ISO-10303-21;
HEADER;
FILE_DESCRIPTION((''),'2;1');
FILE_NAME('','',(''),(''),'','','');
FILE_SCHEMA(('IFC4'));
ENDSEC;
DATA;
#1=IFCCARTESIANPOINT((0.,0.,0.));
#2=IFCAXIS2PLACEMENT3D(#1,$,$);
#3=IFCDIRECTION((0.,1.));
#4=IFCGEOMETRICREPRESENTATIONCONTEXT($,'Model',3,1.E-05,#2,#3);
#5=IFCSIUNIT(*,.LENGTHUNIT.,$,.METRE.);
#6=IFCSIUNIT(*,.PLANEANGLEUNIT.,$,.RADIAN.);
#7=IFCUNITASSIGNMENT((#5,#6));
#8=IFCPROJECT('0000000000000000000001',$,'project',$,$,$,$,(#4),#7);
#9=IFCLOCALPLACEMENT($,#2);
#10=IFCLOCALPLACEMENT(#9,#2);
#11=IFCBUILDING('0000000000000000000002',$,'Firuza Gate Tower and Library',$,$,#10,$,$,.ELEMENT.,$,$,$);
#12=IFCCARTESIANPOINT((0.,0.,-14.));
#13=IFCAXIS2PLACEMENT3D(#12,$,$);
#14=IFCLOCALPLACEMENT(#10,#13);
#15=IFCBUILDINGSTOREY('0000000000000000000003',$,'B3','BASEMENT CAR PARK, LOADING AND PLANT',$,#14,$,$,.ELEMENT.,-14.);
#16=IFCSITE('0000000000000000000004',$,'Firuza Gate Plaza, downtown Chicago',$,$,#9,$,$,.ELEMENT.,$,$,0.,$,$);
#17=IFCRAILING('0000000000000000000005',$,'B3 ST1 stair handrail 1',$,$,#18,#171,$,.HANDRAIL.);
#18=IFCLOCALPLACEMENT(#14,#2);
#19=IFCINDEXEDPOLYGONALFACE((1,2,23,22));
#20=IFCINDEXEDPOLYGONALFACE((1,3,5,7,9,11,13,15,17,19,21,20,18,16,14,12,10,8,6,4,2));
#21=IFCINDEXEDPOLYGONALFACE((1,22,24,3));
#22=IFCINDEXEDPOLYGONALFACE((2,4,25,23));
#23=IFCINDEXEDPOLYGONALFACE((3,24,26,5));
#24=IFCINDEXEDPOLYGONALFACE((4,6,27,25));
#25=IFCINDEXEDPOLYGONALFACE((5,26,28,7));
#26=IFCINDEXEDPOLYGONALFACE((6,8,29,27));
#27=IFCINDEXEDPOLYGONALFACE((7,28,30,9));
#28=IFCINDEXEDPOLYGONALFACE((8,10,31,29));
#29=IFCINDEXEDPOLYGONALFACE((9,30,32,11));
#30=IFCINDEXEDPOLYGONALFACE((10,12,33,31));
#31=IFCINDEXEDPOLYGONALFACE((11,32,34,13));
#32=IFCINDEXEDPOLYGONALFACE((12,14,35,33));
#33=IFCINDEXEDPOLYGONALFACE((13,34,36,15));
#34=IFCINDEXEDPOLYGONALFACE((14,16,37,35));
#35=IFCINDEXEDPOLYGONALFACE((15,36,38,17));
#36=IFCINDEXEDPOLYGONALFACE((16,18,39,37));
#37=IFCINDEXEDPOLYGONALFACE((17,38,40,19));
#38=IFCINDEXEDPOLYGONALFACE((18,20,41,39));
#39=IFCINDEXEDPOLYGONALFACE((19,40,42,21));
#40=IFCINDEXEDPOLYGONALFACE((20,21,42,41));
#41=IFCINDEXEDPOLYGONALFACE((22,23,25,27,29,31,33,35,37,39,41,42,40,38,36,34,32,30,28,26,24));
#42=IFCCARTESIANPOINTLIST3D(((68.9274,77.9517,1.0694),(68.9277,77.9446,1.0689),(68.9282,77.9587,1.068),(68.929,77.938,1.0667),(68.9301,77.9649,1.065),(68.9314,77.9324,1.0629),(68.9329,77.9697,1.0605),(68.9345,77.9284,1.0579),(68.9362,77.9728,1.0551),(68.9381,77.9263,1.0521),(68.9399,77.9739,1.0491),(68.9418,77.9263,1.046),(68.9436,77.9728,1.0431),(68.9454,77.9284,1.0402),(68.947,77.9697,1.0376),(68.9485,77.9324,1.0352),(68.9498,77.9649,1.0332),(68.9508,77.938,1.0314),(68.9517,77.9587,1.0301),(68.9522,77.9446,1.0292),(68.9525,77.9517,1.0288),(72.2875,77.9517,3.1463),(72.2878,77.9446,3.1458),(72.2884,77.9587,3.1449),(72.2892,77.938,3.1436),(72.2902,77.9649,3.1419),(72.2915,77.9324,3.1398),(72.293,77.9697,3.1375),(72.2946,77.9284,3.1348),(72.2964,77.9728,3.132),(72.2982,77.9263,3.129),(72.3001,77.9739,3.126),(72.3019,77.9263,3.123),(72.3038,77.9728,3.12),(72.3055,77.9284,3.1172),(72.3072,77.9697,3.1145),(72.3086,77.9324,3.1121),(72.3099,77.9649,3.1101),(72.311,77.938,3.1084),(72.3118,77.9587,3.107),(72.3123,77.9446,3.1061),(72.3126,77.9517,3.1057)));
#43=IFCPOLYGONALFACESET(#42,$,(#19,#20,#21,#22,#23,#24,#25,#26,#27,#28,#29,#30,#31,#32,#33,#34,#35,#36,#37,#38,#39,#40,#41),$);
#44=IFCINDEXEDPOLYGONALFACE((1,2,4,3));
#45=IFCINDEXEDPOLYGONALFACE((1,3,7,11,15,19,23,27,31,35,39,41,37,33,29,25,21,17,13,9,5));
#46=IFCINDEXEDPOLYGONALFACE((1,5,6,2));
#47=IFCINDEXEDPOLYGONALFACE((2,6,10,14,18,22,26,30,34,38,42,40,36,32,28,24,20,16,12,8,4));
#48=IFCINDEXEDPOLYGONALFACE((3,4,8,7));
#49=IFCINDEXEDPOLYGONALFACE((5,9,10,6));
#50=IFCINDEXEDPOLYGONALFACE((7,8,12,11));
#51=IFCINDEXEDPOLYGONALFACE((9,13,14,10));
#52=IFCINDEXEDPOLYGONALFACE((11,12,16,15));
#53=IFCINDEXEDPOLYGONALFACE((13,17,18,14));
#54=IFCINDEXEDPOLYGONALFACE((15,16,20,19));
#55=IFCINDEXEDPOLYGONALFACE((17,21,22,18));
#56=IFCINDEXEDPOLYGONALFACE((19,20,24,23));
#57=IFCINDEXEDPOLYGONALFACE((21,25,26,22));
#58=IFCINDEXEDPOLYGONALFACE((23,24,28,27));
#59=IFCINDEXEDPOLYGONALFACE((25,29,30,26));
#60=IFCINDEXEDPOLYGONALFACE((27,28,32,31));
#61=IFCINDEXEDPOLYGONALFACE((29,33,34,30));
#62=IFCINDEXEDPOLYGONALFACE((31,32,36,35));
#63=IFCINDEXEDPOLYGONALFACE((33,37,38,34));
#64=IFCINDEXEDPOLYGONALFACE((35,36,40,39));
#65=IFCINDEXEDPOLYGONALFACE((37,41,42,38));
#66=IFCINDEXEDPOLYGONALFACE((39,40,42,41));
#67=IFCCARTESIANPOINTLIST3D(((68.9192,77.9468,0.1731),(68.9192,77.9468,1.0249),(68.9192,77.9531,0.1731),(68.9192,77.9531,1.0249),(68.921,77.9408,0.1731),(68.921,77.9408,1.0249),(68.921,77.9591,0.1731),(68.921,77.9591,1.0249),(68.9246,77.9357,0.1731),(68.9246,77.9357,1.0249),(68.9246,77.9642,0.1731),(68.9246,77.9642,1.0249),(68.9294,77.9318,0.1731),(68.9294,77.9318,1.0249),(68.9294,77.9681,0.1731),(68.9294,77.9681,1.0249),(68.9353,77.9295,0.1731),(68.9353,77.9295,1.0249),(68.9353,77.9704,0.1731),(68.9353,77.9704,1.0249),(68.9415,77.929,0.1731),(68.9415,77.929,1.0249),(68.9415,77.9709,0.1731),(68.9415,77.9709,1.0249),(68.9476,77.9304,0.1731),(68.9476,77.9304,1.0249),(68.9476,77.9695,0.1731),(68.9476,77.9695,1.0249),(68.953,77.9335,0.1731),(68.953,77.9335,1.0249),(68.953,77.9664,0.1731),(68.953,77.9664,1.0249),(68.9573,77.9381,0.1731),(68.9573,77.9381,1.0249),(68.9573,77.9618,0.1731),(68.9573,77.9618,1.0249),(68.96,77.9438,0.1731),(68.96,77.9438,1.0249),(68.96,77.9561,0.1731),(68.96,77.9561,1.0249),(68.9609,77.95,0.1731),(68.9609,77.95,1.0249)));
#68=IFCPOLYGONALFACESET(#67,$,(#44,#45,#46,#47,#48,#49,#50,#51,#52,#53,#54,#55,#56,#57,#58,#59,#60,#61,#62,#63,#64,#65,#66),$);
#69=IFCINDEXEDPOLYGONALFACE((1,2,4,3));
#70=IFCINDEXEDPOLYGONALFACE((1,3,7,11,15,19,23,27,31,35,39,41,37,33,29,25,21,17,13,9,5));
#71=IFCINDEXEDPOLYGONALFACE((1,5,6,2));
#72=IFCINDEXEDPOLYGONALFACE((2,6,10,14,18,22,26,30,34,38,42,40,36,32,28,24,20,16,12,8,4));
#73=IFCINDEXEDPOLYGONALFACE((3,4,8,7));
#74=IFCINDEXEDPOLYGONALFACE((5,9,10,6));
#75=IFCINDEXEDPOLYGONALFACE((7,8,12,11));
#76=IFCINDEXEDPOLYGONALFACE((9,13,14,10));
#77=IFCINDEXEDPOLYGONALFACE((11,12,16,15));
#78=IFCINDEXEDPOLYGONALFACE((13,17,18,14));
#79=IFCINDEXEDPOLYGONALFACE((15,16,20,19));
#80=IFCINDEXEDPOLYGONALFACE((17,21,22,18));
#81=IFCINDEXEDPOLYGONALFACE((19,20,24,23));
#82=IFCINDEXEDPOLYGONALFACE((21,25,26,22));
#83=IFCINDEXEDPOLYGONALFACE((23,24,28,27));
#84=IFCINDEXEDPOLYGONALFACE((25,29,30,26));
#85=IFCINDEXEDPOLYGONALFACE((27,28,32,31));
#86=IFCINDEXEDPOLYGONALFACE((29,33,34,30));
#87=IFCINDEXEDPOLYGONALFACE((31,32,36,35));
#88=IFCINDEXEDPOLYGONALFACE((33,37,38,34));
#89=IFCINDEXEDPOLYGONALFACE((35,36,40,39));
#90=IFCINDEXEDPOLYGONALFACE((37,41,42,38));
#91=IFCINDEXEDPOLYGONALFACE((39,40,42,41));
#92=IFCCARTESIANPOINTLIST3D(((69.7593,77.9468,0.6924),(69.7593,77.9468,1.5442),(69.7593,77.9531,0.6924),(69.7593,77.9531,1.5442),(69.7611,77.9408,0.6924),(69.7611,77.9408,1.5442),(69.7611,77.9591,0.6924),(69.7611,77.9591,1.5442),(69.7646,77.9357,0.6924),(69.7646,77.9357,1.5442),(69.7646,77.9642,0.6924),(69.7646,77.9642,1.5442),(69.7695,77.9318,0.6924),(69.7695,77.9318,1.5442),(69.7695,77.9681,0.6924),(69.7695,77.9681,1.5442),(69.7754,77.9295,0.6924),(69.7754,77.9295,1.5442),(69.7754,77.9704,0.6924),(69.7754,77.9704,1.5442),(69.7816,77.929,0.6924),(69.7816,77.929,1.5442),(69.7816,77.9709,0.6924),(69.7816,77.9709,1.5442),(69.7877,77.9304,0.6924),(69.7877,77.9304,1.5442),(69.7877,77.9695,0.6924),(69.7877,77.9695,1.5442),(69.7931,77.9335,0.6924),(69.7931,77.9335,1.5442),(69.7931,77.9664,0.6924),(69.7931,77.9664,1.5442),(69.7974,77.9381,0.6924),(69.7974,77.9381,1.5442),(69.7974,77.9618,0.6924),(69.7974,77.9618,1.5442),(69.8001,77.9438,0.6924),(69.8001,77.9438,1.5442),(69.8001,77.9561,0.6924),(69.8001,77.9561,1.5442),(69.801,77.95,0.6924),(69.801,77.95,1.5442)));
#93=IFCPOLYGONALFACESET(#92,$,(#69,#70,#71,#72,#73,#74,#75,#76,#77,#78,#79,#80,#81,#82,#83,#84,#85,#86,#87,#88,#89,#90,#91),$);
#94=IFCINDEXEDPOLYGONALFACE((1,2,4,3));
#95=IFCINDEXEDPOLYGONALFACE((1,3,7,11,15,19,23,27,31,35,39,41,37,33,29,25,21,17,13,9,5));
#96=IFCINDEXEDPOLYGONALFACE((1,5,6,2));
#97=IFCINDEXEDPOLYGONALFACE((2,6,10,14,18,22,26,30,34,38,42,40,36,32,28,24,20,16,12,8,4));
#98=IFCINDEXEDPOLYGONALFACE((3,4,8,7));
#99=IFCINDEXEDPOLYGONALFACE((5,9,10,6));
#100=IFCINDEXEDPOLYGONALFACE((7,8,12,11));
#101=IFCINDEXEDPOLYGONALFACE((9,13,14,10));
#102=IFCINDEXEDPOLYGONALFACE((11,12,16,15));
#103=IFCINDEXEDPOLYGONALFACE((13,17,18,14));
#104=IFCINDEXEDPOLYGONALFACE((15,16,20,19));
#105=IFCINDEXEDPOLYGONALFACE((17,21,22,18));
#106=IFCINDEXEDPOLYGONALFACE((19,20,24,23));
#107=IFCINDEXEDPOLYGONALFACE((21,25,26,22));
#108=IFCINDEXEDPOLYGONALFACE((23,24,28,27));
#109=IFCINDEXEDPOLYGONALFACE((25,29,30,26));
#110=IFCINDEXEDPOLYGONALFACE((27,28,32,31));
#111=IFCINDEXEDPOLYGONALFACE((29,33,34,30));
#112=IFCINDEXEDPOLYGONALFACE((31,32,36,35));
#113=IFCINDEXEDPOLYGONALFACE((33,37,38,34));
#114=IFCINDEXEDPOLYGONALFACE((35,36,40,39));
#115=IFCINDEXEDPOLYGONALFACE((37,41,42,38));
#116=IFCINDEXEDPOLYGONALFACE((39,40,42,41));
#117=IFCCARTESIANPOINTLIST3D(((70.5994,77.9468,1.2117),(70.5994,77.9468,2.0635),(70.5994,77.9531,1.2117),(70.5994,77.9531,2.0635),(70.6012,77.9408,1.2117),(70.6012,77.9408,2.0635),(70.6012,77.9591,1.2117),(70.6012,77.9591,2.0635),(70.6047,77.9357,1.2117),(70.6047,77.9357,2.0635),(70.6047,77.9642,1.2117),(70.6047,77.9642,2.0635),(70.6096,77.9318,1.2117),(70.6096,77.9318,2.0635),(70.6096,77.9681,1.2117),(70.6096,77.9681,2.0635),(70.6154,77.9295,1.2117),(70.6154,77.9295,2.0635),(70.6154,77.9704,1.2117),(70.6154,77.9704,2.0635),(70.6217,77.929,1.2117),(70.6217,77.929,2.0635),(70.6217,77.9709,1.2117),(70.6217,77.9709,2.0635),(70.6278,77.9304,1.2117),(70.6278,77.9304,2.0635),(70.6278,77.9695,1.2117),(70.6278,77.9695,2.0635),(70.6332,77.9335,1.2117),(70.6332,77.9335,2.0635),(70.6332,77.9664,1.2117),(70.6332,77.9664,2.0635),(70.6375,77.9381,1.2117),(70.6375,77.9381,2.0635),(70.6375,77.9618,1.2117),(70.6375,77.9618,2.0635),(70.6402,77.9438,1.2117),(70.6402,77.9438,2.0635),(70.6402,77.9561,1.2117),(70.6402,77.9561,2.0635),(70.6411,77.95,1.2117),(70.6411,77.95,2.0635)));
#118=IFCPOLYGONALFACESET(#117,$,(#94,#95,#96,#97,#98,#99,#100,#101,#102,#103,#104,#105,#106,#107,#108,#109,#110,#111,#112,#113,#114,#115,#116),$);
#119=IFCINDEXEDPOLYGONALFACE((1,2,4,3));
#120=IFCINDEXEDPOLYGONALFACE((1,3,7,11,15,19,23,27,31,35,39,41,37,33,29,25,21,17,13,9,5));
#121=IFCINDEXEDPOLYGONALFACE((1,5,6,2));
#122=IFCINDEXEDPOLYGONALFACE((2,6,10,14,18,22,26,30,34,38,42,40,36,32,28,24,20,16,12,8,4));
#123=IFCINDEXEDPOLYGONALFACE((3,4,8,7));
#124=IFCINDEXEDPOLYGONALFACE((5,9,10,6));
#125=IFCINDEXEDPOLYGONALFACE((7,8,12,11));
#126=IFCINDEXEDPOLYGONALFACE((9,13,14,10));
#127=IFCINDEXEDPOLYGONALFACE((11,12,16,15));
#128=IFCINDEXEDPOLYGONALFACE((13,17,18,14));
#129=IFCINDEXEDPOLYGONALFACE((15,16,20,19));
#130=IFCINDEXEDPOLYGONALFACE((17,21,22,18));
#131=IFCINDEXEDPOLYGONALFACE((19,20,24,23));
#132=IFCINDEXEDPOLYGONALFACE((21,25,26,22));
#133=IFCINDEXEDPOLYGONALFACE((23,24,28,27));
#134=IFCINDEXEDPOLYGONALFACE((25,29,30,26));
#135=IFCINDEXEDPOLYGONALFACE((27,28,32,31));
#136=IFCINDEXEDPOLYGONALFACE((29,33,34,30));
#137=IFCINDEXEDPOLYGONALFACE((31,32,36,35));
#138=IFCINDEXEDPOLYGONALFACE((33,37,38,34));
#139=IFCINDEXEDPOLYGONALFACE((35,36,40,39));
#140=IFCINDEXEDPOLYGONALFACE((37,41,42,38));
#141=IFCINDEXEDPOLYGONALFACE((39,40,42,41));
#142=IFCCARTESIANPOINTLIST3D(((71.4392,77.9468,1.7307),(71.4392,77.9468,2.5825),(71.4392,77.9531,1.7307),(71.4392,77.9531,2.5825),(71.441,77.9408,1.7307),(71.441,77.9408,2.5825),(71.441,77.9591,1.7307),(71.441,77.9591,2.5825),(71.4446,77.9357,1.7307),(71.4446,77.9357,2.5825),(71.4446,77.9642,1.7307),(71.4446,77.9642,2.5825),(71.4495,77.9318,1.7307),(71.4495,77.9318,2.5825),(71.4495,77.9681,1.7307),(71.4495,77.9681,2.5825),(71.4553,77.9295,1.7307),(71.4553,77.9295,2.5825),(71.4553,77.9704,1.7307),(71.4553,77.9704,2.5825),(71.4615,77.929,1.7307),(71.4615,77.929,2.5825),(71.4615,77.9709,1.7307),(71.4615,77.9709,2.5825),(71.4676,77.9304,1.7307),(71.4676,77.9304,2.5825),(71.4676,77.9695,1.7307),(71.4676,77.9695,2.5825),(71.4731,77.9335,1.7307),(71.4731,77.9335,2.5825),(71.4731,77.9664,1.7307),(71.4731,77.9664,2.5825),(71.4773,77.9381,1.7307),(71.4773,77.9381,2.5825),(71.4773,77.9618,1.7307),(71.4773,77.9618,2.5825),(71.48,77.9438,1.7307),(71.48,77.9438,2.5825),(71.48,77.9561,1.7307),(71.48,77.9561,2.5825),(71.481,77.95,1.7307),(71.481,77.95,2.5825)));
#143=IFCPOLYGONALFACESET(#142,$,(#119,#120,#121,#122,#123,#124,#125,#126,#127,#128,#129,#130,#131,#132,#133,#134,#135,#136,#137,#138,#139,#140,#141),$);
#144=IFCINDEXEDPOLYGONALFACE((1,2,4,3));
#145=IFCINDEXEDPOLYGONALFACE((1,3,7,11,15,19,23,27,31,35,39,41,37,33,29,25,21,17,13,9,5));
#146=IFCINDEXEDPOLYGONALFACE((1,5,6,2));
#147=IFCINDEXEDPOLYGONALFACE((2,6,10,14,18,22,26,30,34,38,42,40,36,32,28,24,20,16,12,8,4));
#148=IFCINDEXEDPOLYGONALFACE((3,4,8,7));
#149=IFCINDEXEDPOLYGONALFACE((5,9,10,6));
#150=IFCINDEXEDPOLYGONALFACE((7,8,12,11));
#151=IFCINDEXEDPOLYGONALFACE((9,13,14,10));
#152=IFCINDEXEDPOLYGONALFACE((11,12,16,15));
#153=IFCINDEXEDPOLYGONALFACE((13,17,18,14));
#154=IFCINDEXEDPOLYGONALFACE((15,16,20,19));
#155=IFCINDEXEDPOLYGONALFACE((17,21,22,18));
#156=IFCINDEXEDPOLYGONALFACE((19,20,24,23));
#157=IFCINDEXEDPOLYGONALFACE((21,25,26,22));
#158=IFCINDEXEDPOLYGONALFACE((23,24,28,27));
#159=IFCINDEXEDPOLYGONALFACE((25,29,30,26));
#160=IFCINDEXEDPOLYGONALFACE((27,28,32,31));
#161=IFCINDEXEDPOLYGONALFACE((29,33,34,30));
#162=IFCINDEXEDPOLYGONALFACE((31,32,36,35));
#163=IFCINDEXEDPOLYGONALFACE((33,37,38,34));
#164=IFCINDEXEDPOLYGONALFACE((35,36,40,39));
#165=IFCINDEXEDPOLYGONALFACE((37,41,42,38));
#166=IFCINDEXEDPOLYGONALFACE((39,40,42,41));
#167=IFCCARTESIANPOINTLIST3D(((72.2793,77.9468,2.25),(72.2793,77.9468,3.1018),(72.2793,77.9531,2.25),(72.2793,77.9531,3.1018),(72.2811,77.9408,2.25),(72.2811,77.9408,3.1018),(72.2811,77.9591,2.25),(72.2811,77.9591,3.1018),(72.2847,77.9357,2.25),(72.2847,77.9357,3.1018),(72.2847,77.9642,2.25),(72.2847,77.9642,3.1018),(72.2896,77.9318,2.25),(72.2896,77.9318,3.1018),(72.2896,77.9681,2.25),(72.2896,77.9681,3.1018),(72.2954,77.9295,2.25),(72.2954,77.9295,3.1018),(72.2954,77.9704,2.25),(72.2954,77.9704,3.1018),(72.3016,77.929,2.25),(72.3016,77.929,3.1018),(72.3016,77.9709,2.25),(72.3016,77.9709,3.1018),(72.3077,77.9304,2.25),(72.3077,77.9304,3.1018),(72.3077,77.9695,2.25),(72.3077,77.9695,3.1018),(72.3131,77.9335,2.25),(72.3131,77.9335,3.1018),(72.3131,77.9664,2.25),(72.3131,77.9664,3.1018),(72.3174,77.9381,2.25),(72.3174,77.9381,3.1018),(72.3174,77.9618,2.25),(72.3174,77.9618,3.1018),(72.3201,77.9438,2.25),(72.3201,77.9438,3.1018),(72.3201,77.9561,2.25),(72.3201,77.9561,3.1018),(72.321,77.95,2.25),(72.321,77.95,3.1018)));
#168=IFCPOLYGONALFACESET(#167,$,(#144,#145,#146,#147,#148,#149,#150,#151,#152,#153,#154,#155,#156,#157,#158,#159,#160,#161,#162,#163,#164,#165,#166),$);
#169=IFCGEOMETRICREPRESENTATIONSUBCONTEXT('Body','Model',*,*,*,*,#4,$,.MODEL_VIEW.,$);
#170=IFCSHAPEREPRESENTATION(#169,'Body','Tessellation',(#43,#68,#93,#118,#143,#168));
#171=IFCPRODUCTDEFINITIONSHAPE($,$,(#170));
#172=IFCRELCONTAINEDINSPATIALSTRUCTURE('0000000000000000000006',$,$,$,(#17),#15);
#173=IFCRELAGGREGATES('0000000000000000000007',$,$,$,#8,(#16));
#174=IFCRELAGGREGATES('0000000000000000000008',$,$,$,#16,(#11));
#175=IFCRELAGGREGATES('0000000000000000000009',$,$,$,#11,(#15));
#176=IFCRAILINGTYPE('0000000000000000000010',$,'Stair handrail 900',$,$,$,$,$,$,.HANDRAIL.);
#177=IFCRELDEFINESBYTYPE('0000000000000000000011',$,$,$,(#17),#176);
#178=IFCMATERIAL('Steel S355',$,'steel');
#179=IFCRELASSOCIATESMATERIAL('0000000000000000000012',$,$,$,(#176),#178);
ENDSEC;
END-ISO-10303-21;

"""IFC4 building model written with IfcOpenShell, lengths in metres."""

from ifc_helpers import new_model, si_unit, direction, frame, origin, origin_2d, place, context, subcontext, project, spatial, circle, extrude, material, type_object, element, save


model = new_model("IFC4")

# Units and contexts
model_context = context("Model", 3, precision=1e-05, world=origin(), true_north=direction((0.0, 1.0)))
body_context = subcontext(model_context, "Body", "Model", "MODEL_VIEW")
ifc_project = project(units=[si_unit("LENGTHUNIT", "METRE"), si_unit("PLANEANGLEUNIT", "RADIAN")], contexts=[model_context])

# Site, building, storey
site_placement = place(None, origin())
site = spatial("IfcSite", under=ifc_project, at=site_placement, Name="Firuza Gate Plaza, downtown Chicago", CompositionType="ELEMENT", RefElevation=0.0)
building_placement = place(site_placement, origin())
building = spatial("IfcBuilding", under=site, at=building_placement, Name="Firuza Gate Tower and Library", CompositionType="ELEMENT")
storey_placement = place(building_placement, frame((0.0, 0.0, -14.0)))
storey = spatial("IfcBuildingStorey", under=building, at=storey_placement, Name="B3", Description="BASEMENT CAR PARK, LOADING AND PLANT", CompositionType="ELEMENT", Elevation=-14.0)

# Railing
ifc_material_1 = material(Name="Steel S355", Category="steel")
railing_type_1 = type_object("IfcRailingType", Name="Stair handrail 900", PredefinedType="HANDRAIL", material=ifc_material_1)
railing_1_placement = place(storey_placement, frame((68.9399, 77.95, 0.1731)))
element("IfcRailing", 1, at=railing_1_placement, inside=storey, type_object=railing_type_1, Name="B3 ST1 stair handrail 1", PredefinedType="HANDRAIL", context=body_context, shape_type="SweptSolid", body=[
    extrude(circle(Radius=0.0239, at=origin_2d()), frame((0.0, 0.0, 0.876), z_axis=(0.850623, 0.0, 0.525776), x_axis=(0.0, 1.0, 0.0)), (0.0, 0.0, 1.0), 3.9502),
    extrude(circle(Radius=0.021, at=origin_2d()), origin(), (0.0, 0.0, 1.0), 0.8518),
    extrude(circle(Radius=0.021, at=origin_2d()), frame((0.8401, 0.0, 0.5193)), (0.0, 0.0, 1.0), 0.8518),
    extrude(circle(Radius=0.021, at=origin_2d()), frame((1.6802, 0.0, 1.0386)), (0.0, 0.0, 1.0), 0.8518),
    extrude(circle(Radius=0.021, at=origin_2d()), frame((2.52, 0.0, 1.5576)), (0.0, 0.0, 1.0), 0.8518),
    extrude(circle(Radius=0.021, at=origin_2d()), frame((3.3601, 0.0, 2.0769)), (0.0, 0.0, 1.0), 0.8518),
])

save(model, "model.ifc")
